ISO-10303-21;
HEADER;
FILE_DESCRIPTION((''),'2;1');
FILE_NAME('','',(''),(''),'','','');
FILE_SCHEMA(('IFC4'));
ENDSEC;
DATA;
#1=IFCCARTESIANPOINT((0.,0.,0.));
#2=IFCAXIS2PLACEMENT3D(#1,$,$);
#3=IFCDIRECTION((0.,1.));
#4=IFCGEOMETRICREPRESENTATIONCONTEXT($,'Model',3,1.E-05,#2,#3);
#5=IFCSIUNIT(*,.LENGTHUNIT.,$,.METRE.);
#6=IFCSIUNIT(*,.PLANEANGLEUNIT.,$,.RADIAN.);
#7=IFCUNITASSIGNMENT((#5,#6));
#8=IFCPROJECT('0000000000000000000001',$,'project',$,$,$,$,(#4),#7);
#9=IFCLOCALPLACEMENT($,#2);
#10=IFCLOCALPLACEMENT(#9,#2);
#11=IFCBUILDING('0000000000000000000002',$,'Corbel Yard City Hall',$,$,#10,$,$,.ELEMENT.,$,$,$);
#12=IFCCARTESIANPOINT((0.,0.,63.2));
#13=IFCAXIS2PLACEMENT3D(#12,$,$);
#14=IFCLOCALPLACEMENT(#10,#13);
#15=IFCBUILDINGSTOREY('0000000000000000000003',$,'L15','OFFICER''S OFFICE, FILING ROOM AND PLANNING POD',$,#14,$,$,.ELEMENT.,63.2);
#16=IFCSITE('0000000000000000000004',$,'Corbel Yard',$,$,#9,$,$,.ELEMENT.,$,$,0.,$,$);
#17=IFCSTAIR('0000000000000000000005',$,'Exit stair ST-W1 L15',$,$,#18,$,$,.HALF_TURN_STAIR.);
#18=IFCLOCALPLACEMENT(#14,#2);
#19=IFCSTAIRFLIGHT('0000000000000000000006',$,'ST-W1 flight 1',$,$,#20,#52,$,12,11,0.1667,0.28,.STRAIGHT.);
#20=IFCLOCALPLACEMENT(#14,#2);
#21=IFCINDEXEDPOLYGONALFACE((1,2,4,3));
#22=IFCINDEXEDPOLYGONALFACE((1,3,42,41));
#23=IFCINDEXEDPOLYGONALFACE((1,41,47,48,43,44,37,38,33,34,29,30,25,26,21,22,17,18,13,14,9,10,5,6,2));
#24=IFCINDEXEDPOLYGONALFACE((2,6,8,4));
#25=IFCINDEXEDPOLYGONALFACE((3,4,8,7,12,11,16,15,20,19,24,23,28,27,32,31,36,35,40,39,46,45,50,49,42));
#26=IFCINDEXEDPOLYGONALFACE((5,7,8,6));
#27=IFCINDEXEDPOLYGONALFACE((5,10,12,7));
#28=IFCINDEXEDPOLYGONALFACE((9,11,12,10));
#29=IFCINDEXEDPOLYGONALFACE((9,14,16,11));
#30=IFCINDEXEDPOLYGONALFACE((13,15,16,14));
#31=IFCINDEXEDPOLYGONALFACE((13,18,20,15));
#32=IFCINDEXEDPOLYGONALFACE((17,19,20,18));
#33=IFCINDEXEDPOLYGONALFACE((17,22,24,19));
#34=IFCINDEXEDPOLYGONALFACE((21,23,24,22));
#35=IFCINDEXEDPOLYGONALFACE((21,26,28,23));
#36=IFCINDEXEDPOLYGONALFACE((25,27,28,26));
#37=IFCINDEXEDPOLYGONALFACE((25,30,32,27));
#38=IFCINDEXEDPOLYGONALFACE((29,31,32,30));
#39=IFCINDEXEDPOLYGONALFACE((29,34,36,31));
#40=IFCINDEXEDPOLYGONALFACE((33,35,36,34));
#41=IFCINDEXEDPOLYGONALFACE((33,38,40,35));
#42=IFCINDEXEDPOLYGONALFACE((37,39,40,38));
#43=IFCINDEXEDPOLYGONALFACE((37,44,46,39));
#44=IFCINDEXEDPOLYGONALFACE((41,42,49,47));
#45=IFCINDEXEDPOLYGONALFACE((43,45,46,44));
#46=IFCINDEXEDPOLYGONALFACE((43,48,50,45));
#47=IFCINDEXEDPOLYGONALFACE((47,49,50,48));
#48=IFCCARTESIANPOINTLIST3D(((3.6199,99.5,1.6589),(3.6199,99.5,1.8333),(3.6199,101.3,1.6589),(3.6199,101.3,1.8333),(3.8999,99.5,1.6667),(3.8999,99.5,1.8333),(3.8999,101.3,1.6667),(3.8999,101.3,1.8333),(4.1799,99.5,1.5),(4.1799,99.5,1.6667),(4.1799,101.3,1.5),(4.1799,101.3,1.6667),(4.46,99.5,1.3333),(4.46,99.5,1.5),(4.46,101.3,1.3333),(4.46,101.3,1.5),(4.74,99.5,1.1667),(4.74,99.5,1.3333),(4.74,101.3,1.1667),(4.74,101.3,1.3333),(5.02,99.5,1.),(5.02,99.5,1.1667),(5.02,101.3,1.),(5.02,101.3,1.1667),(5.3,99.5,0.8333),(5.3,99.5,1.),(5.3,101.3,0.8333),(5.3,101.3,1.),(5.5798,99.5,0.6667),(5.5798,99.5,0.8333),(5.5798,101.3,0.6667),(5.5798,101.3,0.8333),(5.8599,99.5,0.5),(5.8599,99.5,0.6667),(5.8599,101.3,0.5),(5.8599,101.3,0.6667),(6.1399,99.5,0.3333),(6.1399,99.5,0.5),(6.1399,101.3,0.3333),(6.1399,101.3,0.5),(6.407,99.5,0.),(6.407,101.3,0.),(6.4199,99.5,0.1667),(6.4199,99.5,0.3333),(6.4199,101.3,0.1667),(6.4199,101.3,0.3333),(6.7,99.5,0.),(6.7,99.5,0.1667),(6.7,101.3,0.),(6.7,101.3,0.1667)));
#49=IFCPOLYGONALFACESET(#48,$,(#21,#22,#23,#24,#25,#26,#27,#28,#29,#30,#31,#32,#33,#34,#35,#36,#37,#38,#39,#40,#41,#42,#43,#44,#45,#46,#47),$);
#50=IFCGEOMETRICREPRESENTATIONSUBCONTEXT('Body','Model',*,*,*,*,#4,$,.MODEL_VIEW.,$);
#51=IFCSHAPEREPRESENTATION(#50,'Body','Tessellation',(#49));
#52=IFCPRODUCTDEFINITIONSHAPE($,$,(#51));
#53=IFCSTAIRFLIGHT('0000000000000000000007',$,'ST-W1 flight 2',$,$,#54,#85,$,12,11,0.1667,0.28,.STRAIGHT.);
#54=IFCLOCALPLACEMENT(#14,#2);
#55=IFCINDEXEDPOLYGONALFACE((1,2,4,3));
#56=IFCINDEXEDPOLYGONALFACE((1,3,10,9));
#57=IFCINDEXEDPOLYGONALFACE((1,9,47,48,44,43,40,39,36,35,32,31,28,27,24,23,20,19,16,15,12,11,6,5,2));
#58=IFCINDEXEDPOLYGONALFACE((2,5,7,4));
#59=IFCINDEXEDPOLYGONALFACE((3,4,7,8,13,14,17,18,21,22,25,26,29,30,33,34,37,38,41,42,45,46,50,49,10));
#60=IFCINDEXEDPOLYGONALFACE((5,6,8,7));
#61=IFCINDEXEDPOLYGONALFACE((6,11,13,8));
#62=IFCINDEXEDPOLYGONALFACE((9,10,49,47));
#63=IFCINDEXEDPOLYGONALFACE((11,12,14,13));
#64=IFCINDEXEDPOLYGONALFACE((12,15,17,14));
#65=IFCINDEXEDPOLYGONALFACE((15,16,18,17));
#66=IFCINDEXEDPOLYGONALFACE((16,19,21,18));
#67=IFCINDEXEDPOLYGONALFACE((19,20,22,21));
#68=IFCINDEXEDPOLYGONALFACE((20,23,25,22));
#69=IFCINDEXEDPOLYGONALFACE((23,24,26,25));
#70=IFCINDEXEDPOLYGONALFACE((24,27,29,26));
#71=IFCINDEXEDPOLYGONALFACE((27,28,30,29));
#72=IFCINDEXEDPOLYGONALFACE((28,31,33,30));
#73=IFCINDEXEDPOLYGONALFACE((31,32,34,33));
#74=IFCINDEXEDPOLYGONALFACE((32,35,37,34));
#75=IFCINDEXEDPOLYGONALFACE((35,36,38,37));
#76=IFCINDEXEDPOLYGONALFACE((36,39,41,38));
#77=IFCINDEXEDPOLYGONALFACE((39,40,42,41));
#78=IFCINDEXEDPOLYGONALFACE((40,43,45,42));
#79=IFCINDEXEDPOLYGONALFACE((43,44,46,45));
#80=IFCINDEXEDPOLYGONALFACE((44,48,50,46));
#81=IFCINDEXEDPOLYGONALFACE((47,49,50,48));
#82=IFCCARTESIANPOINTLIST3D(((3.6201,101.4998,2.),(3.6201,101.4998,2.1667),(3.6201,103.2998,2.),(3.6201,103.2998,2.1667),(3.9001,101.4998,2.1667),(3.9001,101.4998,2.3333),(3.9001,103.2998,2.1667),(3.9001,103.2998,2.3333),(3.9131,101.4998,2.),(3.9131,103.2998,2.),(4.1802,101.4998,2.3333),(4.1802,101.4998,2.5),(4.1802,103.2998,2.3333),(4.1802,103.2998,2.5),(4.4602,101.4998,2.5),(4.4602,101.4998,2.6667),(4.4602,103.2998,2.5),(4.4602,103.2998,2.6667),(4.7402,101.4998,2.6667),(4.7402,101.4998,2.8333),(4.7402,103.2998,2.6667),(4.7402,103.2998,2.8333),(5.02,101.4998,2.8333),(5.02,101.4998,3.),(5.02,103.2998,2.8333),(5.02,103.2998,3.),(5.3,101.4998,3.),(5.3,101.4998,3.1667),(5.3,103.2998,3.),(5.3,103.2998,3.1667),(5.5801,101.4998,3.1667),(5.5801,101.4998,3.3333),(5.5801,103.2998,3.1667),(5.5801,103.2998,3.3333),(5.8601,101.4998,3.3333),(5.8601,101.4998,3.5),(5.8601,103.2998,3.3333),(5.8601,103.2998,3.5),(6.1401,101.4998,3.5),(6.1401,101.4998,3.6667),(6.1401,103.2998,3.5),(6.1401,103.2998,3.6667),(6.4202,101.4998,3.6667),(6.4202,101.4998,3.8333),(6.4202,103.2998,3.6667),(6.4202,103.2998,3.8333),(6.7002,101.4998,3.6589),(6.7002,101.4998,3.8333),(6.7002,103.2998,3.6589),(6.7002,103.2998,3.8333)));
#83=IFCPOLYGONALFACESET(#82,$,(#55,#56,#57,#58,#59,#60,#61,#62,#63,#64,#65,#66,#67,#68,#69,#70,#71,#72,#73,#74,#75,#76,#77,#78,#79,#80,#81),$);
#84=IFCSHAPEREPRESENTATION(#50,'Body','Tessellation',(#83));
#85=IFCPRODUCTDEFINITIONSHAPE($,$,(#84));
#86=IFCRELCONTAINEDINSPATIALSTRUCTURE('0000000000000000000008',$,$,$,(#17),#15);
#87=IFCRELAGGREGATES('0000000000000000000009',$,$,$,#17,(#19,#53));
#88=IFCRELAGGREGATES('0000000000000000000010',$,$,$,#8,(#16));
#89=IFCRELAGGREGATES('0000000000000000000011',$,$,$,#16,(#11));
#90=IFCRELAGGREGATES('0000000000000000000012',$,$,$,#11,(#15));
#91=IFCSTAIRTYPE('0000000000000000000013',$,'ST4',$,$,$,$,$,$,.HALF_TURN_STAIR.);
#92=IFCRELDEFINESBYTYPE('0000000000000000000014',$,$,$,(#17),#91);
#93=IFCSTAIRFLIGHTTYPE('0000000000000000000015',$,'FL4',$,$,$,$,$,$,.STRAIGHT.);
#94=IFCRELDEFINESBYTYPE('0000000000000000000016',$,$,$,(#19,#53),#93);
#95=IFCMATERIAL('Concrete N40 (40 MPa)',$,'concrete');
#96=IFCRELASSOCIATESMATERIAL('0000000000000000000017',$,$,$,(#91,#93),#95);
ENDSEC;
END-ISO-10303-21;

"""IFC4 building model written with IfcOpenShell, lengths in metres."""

from ifc_helpers import new_model, si_unit, direction, frame, origin, place, context, subcontext, project, spatial, polyline, outline, extrude, material, type_object, element, aggregate, save


model = new_model("IFC4")

# Units and contexts
model_context = context("Model", 3, precision=1e-05, world=origin(), true_north=direction((0.0, 1.0)))
body_context = subcontext(model_context, "Body", "Model", "MODEL_VIEW")
ifc_project = project(units=[si_unit("LENGTHUNIT", "METRE"), si_unit("PLANEANGLEUNIT", "RADIAN")], contexts=[model_context])

# Site, building, storey
site_placement = place(None, origin())
site = spatial("IfcSite", under=ifc_project, at=site_placement, Name="Corbel Yard", CompositionType="ELEMENT", RefElevation=0.0)
building_placement = place(site_placement, origin())
building = spatial("IfcBuilding", under=site, at=building_placement, Name="Corbel Yard City Hall", CompositionType="ELEMENT")
storey_placement = place(building_placement, frame((0.0, 0.0, 63.2)))
storey = spatial("IfcBuildingStorey", under=building, at=storey_placement, Name="L15", Description="OFFICER'S OFFICE, FILING ROOM AND PLANNING POD", CompositionType="ELEMENT", Elevation=63.2)

# Shared definitions
ifc_material_1 = material(Name="Concrete N40 (40 MPa)", Category="concrete")

# Stair, stair flights
stair_type = type_object("IfcStairType", Name="ST4", PredefinedType="HALF_TURN_STAIR", material=ifc_material_1)
stair_placement = place(storey_placement, origin())
stair = element("IfcStair", 1, at=stair_placement, inside=storey, type_object=stair_type, Name="Exit stair ST-W1 L15", PredefinedType="HALF_TURN_STAIR")
stair_flight_type = type_object("IfcStairFlightType", Name="FL4", PredefinedType="STRAIGHT", material=ifc_material_1)
stair_flight_1_placement = place(storey_placement, frame((6.7, 100.3999, 0.0), z_axis=(0.0, 0.0, 1.0), x_axis=(-1.0, 0.0, 0.0)))
stair_flight_1 = element("IfcStairFlight", 2, at=stair_flight_1_placement, type_object=stair_flight_type, Name="ST-W1 flight 1", NumberOfRisers=12, NumberOfTreads=11, PredefinedType="STRAIGHT", RiserHeight=0.1667, TreadLength=0.28, context=body_context, shape_type="SweptSolid", body=[
    extrude(outline(polyline([(0.0, 0.0), (0.0, 0.1667), (0.28, 0.1667), (0.28, 0.3333), (0.5601, 0.3333), (0.5601, 0.5), (0.8401, 0.5), (0.8401, 0.6667), (1.1201, 0.6667), (1.1201, 0.8333), (1.3999, 0.8333), (1.3999, 1.0), (1.6799, 1.0), (1.6799, 1.1667), (1.96, 1.1667), (1.96, 1.3333), (2.24, 1.3333), (2.24, 1.5), (2.52, 1.5), (2.52, 1.6667), (2.8, 1.6667), (2.8, 1.8333), (3.0801, 1.8333), (3.0801, 2.0), (3.0801, 1.6589), (0.293, 0.0), (0.0, 0.0)])), frame((0.0, 0.8999, 0.0), z_axis=(0.0, -1.0, 0.0), x_axis=(1.0, 0.0, 0.0)), (0.0, 0.0, 1.0), 1.8),
])
stair_flight_2_placement = place(storey_placement, frame((3.6201, 102.3999, 2.0), z_axis=(0.0, 0.0, 1.0), x_axis=(1.0, 0.0, 0.0)))
stair_flight_2 = element("IfcStairFlight", 3, at=stair_flight_2_placement, type_object=stair_flight_type, Name="ST-W1 flight 2", NumberOfRisers=12, NumberOfTreads=11, PredefinedType="STRAIGHT", RiserHeight=0.1667, TreadLength=0.28, context=body_context, shape_type="SweptSolid", body=[
    extrude(outline(polyline([(0.0, 0.0), (0.0, 0.1667), (0.28, 0.1667), (0.28, 0.3333), (0.5601, 0.3333), (0.5601, 0.5), (0.8401, 0.5), (0.8401, 0.6667), (1.1201, 0.6667), (1.1201, 0.8333), (1.3999, 0.8333), (1.3999, 1.0), (1.6799, 1.0), (1.6799, 1.1667), (1.96, 1.1667), (1.96, 1.3333), (2.24, 1.3333), (2.24, 1.5), (2.52, 1.5), (2.52, 1.6667), (2.8, 1.6667), (2.8, 1.8333), (3.0801, 1.8333), (3.0801, 2.0), (3.0801, 1.6589), (0.293, 0.0), (0.0, 0.0)])), frame((0.0, 0.8999, 0.0), z_axis=(0.0, -1.0, 0.0), x_axis=(1.0, 0.0, 0.0)), (0.0, 0.0, 1.0), 1.8),
])
aggregate(stair, [stair_flight_1, stair_flight_2])

save(model, "model.ifc")
